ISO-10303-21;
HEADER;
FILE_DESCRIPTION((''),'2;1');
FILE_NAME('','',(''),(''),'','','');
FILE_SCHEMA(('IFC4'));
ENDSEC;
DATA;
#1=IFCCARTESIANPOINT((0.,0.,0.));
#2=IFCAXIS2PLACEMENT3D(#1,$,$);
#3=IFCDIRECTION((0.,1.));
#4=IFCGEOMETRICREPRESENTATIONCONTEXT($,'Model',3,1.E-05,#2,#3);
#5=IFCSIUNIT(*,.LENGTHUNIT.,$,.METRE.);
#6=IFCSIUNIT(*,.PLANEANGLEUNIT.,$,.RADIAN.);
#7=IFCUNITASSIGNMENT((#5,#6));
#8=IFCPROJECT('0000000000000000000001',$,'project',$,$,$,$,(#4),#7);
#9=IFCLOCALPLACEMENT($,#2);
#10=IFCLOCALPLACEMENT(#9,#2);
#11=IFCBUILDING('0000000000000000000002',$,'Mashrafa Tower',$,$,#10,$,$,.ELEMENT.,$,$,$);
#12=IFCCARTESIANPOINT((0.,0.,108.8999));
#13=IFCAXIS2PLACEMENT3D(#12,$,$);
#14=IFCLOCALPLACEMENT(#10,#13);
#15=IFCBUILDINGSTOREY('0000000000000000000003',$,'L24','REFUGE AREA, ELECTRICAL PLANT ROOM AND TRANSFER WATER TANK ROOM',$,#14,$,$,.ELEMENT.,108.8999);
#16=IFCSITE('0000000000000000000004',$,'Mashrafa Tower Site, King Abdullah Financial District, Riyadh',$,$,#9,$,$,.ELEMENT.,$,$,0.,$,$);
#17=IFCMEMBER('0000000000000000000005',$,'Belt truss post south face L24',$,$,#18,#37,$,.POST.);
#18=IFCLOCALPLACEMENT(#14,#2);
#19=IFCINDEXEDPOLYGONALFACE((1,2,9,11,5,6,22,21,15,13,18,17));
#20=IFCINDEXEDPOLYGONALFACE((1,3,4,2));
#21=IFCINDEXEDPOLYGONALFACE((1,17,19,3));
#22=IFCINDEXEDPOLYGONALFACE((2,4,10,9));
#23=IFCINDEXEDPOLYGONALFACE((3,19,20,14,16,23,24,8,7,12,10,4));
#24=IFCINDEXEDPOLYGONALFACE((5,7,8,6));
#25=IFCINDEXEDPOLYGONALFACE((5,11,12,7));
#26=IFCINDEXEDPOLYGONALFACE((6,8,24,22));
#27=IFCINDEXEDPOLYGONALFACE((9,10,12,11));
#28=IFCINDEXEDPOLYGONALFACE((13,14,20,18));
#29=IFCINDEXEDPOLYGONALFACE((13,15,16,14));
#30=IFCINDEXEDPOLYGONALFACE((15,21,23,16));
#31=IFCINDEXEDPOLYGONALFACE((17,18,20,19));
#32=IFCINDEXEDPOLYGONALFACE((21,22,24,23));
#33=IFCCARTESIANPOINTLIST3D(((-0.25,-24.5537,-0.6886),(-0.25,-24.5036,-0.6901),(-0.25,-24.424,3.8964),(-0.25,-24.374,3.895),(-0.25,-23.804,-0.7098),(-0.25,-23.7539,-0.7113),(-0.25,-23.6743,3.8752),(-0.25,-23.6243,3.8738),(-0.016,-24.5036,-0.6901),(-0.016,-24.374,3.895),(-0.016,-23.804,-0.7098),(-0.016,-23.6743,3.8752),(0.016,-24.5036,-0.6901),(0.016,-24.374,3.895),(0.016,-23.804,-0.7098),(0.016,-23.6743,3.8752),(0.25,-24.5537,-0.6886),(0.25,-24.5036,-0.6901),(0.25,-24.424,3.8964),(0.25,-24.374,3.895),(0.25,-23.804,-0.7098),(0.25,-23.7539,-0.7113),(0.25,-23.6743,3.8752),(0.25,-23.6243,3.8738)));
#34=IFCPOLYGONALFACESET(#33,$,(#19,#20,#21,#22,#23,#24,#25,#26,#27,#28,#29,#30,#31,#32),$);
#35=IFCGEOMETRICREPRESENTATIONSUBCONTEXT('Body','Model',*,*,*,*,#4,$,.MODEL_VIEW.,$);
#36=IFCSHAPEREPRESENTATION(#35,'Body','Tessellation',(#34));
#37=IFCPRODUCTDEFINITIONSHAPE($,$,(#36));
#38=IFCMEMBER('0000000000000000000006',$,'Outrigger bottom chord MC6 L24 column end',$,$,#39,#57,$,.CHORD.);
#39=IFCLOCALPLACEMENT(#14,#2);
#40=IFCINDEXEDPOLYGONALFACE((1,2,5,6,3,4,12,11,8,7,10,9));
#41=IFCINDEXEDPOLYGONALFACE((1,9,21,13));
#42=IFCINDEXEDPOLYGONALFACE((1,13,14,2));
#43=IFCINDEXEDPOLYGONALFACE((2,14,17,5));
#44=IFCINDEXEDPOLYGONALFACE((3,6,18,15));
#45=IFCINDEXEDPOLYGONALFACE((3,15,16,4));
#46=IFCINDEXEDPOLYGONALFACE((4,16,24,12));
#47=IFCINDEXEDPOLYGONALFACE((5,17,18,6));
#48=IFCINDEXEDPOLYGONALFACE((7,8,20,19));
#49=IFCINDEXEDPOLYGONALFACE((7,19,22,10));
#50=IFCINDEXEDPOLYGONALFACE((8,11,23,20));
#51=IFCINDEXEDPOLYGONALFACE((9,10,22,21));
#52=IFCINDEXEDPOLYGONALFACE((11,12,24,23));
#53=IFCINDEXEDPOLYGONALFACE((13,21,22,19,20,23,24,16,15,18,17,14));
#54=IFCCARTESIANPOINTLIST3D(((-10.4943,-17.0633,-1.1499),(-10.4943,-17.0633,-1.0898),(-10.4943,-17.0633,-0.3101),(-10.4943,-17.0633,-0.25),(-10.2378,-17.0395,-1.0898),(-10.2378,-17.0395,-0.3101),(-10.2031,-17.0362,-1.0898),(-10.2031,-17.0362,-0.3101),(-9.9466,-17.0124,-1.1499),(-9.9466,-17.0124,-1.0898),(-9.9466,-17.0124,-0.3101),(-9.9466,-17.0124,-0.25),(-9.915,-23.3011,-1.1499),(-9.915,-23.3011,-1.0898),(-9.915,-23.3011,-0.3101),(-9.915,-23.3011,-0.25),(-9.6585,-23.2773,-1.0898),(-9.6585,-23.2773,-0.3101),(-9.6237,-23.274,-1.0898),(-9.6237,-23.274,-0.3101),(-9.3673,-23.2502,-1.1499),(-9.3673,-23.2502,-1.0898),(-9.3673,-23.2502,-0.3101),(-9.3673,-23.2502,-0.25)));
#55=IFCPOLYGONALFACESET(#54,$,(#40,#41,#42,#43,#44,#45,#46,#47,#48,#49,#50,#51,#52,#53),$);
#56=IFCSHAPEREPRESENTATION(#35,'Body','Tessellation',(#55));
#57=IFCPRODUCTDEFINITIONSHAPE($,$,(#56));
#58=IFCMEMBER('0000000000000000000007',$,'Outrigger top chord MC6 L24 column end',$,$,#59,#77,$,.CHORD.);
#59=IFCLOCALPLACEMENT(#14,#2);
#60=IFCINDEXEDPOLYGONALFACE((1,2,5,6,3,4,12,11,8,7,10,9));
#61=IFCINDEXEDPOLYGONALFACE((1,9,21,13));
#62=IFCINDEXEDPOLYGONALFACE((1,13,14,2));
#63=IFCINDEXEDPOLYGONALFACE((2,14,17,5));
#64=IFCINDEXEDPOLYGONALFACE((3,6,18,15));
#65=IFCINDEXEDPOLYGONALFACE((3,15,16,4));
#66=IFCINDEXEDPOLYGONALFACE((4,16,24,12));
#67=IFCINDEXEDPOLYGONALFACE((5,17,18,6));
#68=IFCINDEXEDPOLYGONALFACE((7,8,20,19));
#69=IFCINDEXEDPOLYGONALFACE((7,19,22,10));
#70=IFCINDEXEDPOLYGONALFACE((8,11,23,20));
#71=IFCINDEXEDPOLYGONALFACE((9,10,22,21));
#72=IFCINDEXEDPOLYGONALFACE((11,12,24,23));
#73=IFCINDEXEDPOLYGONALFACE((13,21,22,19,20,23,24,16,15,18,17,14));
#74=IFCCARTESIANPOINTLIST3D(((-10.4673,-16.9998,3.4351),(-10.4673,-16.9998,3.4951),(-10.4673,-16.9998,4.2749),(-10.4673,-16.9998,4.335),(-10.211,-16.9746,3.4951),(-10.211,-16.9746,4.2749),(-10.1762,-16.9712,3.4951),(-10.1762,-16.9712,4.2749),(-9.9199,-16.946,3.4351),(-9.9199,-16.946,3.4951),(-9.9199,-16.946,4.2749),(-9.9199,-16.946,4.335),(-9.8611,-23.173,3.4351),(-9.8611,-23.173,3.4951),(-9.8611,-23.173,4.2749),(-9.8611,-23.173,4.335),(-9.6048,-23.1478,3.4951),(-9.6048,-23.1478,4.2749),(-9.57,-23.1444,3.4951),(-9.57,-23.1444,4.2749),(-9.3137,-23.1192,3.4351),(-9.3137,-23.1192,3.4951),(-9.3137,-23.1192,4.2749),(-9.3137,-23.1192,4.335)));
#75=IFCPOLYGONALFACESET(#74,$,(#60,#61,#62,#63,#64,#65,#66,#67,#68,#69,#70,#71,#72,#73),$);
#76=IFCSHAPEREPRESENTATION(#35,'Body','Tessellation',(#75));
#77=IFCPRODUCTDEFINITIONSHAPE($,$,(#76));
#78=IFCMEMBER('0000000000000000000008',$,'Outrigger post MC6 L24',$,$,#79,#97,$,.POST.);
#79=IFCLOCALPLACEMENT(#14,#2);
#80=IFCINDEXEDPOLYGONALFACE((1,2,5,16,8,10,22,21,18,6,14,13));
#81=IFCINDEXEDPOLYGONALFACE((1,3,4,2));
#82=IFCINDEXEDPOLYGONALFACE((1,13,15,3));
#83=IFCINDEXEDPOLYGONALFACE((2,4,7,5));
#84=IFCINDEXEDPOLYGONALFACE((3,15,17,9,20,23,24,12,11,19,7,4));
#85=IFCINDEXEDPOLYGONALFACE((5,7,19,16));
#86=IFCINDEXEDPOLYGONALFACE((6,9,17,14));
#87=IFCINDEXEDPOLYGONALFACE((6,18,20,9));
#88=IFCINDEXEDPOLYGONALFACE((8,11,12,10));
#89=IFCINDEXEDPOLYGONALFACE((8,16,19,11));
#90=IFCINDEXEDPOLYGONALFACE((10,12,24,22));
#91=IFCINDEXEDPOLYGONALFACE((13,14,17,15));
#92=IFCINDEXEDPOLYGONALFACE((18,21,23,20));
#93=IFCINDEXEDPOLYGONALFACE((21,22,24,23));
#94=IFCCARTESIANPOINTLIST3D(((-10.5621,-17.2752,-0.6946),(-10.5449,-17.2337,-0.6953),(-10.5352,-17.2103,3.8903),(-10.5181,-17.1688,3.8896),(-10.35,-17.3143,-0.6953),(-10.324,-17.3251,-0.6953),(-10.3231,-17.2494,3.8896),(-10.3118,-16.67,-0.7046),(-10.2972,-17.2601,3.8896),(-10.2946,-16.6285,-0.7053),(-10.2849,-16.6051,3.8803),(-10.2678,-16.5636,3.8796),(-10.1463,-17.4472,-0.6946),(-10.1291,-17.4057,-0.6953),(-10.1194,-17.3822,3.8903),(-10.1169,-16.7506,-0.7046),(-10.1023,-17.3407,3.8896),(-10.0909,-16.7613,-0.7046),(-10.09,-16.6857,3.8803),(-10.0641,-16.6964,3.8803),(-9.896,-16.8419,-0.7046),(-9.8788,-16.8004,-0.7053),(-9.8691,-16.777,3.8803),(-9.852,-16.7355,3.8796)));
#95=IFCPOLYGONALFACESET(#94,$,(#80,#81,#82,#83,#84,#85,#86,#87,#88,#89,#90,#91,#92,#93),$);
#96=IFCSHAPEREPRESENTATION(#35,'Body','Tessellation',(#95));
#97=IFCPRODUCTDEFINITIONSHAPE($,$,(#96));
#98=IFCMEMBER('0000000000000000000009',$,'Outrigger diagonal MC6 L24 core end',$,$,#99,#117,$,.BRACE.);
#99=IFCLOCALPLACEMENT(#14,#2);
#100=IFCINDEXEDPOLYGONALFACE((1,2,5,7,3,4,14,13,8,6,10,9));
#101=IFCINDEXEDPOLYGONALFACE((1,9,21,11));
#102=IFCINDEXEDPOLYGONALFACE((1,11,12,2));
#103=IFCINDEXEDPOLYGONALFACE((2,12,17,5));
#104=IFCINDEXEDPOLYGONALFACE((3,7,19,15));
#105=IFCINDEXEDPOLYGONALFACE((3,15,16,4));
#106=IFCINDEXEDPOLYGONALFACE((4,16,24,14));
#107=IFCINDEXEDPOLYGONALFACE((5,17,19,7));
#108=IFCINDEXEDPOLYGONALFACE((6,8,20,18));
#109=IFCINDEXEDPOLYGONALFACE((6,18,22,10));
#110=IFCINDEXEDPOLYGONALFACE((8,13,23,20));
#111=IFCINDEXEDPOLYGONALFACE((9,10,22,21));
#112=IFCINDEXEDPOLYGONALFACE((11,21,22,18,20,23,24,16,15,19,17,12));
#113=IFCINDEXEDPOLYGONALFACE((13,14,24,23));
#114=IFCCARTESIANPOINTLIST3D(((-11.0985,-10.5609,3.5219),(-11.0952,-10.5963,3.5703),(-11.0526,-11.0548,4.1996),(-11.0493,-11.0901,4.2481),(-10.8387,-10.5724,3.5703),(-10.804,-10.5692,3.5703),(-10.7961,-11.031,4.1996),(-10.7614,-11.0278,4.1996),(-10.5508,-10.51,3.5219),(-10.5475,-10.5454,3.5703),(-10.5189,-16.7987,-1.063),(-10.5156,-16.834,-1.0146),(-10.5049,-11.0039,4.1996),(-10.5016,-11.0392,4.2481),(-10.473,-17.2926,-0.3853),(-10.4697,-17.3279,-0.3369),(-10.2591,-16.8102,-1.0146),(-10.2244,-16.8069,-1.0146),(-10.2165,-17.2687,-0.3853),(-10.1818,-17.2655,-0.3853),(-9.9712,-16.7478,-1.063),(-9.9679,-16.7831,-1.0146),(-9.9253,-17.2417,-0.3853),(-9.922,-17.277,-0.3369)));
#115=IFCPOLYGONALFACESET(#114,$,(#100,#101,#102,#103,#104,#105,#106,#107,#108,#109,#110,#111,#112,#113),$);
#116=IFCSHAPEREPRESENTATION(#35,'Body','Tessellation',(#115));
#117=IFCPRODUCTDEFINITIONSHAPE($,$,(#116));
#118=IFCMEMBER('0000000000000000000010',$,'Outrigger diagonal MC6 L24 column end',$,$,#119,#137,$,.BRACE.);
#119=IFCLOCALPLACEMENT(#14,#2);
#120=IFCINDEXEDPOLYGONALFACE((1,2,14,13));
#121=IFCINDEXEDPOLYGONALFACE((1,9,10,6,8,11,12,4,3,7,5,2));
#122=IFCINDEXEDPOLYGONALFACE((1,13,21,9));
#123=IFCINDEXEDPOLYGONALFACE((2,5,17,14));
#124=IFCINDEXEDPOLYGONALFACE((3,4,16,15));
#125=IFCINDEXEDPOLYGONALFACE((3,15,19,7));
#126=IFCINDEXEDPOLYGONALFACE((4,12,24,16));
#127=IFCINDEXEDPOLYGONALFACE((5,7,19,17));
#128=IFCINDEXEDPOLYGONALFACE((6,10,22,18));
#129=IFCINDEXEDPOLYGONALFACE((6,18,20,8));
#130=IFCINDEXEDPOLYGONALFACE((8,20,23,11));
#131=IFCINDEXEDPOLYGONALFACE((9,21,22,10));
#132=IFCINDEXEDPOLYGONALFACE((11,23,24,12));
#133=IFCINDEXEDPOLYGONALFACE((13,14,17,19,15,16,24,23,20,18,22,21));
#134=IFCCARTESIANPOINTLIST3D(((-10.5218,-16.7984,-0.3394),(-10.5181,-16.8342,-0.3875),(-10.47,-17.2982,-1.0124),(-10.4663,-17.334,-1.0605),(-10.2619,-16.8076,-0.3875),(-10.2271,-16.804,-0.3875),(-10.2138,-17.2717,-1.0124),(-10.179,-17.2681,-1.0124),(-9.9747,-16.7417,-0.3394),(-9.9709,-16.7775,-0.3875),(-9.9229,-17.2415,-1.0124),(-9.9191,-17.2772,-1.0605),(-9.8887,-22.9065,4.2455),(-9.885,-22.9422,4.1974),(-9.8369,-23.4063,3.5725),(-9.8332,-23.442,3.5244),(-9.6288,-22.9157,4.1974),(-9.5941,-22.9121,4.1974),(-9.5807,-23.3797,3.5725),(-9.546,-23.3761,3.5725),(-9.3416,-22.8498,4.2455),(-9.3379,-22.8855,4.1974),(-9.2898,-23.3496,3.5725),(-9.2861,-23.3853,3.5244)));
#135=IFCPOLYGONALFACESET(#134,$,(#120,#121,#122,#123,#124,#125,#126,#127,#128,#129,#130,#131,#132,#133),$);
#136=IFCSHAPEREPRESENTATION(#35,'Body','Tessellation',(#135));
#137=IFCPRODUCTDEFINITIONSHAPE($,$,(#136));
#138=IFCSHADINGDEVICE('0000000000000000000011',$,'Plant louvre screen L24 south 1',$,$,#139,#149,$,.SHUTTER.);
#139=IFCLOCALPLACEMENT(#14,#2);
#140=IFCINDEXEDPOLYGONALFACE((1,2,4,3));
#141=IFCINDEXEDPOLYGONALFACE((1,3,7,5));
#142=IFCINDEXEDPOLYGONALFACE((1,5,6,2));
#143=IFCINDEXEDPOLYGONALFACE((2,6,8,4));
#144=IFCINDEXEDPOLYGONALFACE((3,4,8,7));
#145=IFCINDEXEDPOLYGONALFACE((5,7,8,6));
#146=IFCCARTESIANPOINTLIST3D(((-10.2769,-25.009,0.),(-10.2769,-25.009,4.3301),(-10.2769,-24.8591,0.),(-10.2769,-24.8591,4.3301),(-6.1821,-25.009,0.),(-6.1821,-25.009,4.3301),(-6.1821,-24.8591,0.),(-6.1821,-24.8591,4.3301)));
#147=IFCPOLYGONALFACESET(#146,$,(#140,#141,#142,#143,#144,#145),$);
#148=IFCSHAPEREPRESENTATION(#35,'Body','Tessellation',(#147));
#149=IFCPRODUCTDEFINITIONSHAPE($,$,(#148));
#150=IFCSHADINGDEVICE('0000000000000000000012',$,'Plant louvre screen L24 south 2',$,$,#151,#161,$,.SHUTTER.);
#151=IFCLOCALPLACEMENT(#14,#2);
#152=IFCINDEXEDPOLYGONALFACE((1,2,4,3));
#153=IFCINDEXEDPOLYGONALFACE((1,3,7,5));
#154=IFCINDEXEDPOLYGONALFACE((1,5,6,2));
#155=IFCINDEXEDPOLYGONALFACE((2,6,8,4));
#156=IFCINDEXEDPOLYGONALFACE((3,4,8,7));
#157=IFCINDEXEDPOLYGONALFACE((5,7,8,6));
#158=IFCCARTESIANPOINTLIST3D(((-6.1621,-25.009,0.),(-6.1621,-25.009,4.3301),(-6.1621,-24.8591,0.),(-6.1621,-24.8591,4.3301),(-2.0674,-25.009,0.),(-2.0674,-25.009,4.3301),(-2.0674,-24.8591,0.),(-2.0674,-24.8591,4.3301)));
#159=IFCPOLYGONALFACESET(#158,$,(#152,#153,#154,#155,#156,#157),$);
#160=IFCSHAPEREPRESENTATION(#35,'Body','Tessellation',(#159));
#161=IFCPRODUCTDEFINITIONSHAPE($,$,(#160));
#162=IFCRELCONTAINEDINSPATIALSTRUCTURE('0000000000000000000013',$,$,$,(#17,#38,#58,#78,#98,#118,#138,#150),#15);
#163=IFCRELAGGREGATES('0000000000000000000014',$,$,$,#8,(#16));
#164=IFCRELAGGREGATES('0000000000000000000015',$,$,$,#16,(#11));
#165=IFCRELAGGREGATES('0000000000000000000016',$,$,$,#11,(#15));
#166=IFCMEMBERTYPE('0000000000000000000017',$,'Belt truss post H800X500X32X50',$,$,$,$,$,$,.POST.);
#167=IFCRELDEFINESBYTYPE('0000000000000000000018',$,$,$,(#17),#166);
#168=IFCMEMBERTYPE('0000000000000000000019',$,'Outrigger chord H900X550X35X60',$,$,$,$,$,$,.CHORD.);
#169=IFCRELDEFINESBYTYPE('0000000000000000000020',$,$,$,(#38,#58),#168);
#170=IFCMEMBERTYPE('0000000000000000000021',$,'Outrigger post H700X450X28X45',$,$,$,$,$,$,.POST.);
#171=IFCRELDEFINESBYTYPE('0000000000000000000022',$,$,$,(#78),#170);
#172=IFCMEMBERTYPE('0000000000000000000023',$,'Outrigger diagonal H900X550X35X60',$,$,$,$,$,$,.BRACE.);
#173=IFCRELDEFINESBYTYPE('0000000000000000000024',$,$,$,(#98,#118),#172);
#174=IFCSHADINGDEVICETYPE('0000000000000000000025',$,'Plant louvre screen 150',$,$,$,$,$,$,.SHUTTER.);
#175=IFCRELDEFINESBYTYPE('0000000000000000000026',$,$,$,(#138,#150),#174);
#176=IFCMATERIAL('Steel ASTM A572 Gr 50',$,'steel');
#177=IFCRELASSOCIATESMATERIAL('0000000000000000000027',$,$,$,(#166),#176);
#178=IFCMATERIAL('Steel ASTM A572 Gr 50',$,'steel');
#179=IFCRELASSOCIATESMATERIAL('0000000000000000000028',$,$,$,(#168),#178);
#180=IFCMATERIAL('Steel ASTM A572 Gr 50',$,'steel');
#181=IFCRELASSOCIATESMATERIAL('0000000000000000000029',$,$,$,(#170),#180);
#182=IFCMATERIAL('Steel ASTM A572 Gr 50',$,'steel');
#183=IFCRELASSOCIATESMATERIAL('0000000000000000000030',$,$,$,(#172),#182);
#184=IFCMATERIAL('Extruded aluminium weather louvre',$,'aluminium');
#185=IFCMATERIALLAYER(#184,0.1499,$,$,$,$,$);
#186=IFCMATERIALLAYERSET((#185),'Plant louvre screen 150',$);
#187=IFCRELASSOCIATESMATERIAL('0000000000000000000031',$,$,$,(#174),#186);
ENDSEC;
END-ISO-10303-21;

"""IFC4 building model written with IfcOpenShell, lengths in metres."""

from ifc_helpers import new_model, si_unit, direction, frame, origin, origin_2d, place, context, subcontext, project, spatial, rectangle, i_section, extrude, source, transform, mapped, material, layer, layer_set, material_profile, profile_set, type_object, type_shapes, element, save


model = new_model("IFC4")

# Units and contexts
model_context = context("Model", 3, precision=1e-05, world=origin(), true_north=direction((0.0, 1.0)))
body_context = subcontext(model_context, "Body", "Model", "MODEL_VIEW")
ifc_project = project(units=[si_unit("LENGTHUNIT", "METRE"), si_unit("PLANEANGLEUNIT", "RADIAN")], contexts=[model_context])

# Site, building, storey
site_placement = place(None, origin())
site = spatial("IfcSite", under=ifc_project, at=site_placement, Name="Mashrafa Tower Site, King Abdullah Financial District, Riyadh", CompositionType="ELEMENT", RefElevation=0.0)
building_placement = place(site_placement, origin())
building = spatial("IfcBuilding", under=site, at=building_placement, Name="Mashrafa Tower", CompositionType="ELEMENT")
storey_placement = place(building_placement, frame((0.0, 0.0, 108.8999)))
storey = spatial("IfcBuildingStorey", under=building, at=storey_placement, Name="L24", Description="REFUGE AREA, ELECTRICAL PLANT ROOM AND TRANSFER WATER TANK ROOM", CompositionType="ELEMENT", Elevation=108.8999)

# Members
ifc_material_1 = material(Name="Steel ASTM A572 Gr 50", Category="steel")
ifc_material_profile_1 = material_profile(ifc_material_1, i_section(OverallWidth=0.5, OverallDepth=0.8, WebThickness=0.032, FlangeThickness=0.05, at=origin_2d()), Name="H800X500X32X50")
ifc_profile_set_1 = profile_set([ifc_material_profile_1], Name="Steel ASTM A572 Gr 50")
member_type_1 = type_object("IfcMemberType", Name="Belt truss post H800X500X32X50", PredefinedType="POST", material=ifc_profile_set_1)
shared_shape_1 = source(origin(), body_context, "Body", "SweptSolid", [
    extrude(i_section(OverallWidth=0.5, OverallDepth=0.8, WebThickness=0.032, FlangeThickness=0.05, at=origin_2d()), origin(), (0.0, 0.0, 1.0), 4.5869),
])
type_shapes(member_type_1, [shared_shape_1])
member_1_placement = place(storey_placement, frame((0.0, -24.1538, -0.7), z_axis=(0.0, 0.028263, 0.999601), x_axis=(-1.0, 0.0, 0.0)))
element("IfcMember", 1, at=member_1_placement, inside=storey, type_object=member_type_1, Name="Belt truss post south face L24", PredefinedType="POST", context=body_context, shape_type="MappedRepresentation", body=[
    mapped(shared_shape_1, transform((0.0, 0.0, 0.0))),
])
ifc_material_2 = material(Name="Steel ASTM A572 Gr 50", Category="steel")
ifc_material_profile_2 = material_profile(ifc_material_2, i_section(OverallWidth=0.55, OverallDepth=0.8999, WebThickness=0.0349, FlangeThickness=0.0601, at=origin_2d()), Name="H900X550X35X60")
ifc_profile_set_2 = profile_set([ifc_material_profile_2], Name="Steel ASTM A572 Gr 50")
member_type_2 = type_object("IfcMemberType", Name="Outrigger chord H900X550X35X60", PredefinedType="CHORD", material=ifc_profile_set_2)
shared_shape_2 = source(origin(), body_context, "Body", "SweptSolid", [
    extrude(i_section(OverallWidth=0.55, OverallDepth=0.8999, WebThickness=0.0349, FlangeThickness=0.0601, at=origin_2d()), origin(), (0.0, 0.0, 1.0), 6.2646),
])
member_2_placement = place(storey_placement, frame((-10.2205, -17.0378, -0.7), z_axis=(0.092479, -0.995715, 0.0), x_axis=(0.995715, 0.092479, 0.0)))
element("IfcMember", 2, at=member_2_placement, inside=storey, type_object=member_type_2, Name="Outrigger bottom chord MC6 L24 column end", PredefinedType="CHORD", context=body_context, shape_type="MappedRepresentation", body=[
    mapped(shared_shape_2, transform((0.0, 0.0, 0.0))),
])
shared_shape_3 = source(origin(), body_context, "Body", "SweptSolid", [
    extrude(i_section(OverallWidth=0.55, OverallDepth=0.8999, WebThickness=0.0349, FlangeThickness=0.0601, at=origin_2d()), origin(), (0.0, 0.0, 1.0), 6.2029),
])
type_shapes(member_type_2, [shared_shape_2, shared_shape_3])
member_3_placement = place(storey_placement, frame((-10.1936, -16.9729, 3.885), z_axis=(0.09773, -0.995213, 0.0), x_axis=(0.995213, 0.09773, 0.0)))
element("IfcMember", 3, at=member_3_placement, inside=storey, type_object=member_type_2, Name="Outrigger top chord MC6 L24 column end", PredefinedType="CHORD", context=body_context, shape_type="MappedRepresentation", body=[
    mapped(shared_shape_3, transform((0.0, 0.0, 0.0))),
])
ifc_material_3 = material(Name="Steel ASTM A572 Gr 50", Category="steel")
ifc_material_profile_3 = material_profile(ifc_material_3, i_section(OverallWidth=0.45, OverallDepth=0.7, WebThickness=0.0281, FlangeThickness=0.0449, at=origin_2d()), Name="H700X450X28X45")
ifc_profile_set_3 = profile_set([ifc_material_profile_3], Name="Steel ASTM A572 Gr 50")
member_type_3 = type_object("IfcMemberType", Name="Outrigger post H700X450X28X45", PredefinedType="POST", material=ifc_profile_set_3)
shared_shape_4 = source(origin(), body_context, "Body", "SweptSolid", [
    extrude(i_section(OverallWidth=0.45, OverallDepth=0.7, WebThickness=0.0281, FlangeThickness=0.0449, at=origin_2d()), origin(), (0.0, 0.0, 1.0), 4.5854),
])
type_shapes(member_type_3, [shared_shape_4])
member_4_placement = place(storey_placement, frame((-10.2205, -17.0378, -0.7), z_axis=(0.005857, 0.014162, 0.999883), x_axis=(-0.924101, 0.382147, 0.0)))
element("IfcMember", 4, at=member_4_placement, inside=storey, type_object=member_type_3, Name="Outrigger post MC6 L24", PredefinedType="POST", context=body_context, shape_type="MappedRepresentation", body=[
    mapped(shared_shape_4, transform((0.0, 0.0, 0.0))),
])
ifc_material_4 = material(Name="Steel ASTM A572 Gr 50", Category="steel")
ifc_material_profile_4 = material_profile(ifc_material_4, i_section(OverallWidth=0.55, OverallDepth=0.8999, WebThickness=0.0349, FlangeThickness=0.0601, at=origin_2d()), Name="H900X550X35X60")
ifc_profile_set_4 = profile_set([ifc_material_profile_4], Name="Steel ASTM A572 Gr 50")
member_type_4 = type_object("IfcMemberType", Name="Outrigger diagonal H900X550X35X60", PredefinedType="BRACE", material=ifc_profile_set_4)
shared_shape_5 = source(origin(), body_context, "Body", "SweptSolid", [
    extrude(i_section(OverallWidth=0.55, OverallDepth=0.8999, WebThickness=0.0349, FlangeThickness=0.0601, at=origin_2d()), origin(), (0.0, 0.0, 1.0), 7.7632),
])
member_5_placement = place(storey_placement, frame((-10.2205, -17.0378, -0.7), z_axis=(-0.074658, 0.803504, 0.590599), x_axis=(-0.995711, -0.092517, 0.0)))
element("IfcMember", 5, at=member_5_placement, inside=storey, type_object=member_type_4, Name="Outrigger diagonal MC6 L24 core end", PredefinedType="BRACE", context=body_context, shape_type="MappedRepresentation", body=[
    mapped(shared_shape_5, transform((0.0, 0.0, 0.0))),
])
shared_shape_6 = source(origin(), body_context, "Body", "SweptSolid", [
    extrude(i_section(OverallWidth=0.55, OverallDepth=0.8999, WebThickness=0.0349, FlangeThickness=0.0601, at=origin_2d()), origin(), (0.0, 0.0, 1.0), 7.6636),
])
type_shapes(member_type_4, [shared_shape_5, shared_shape_6])
member_6_placement = place(storey_placement, frame((-10.2205, -17.0378, -0.7), z_axis=(0.082605, -0.797025, 0.598271), x_axis=(0.994672, 0.103089, 0.0)))
element("IfcMember", 6, at=member_6_placement, inside=storey, type_object=member_type_4, Name="Outrigger diagonal MC6 L24 column end", PredefinedType="BRACE", context=body_context, shape_type="MappedRepresentation", body=[
    mapped(shared_shape_6, transform((0.0, 0.0, 0.0))),
])

# Shading devices
ifc_material_5 = material(Name="Extruded aluminium weather louvre", Category="aluminium")
ifc_layer = layer(ifc_material_5, 0.1499)
ifc_layer_set = layer_set([ifc_layer], Name="Plant louvre screen 150")
shading_device_type = type_object("IfcShadingDeviceType", Name="Plant louvre screen 150", PredefinedType="SHUTTER", material=ifc_layer_set)
shared_shape_7 = source(origin(), body_context, "Body", "SweptSolid", [
    extrude(rectangle(XDim=4.0947, YDim=0.1499, at=origin_2d()), origin(), (0.0, 0.0, 1.0), 4.3301),
])
type_shapes(shading_device_type, [shared_shape_7])
for number, where, z_axis, x_axis, name in (
    (7, (-8.2295, -24.9341, 0.0), (0.0, 0.0, 1.0), (1.0, 0.0, 0.0), "Plant louvre screen L24 south 1"),
    (8, (-4.1147, -24.9341, 0.0), (0.0, 0.0, 1.0), (1.0, 0.0, 0.0), "Plant louvre screen L24 south 2"),
):
    element("IfcShadingDevice", number, at=place(storey_placement, frame(where, z_axis=z_axis, x_axis=x_axis)), inside=storey, type_object=shading_device_type, Name=name, PredefinedType="SHUTTER", context=body_context, shape_type="MappedRepresentation", body=[
        mapped(shared_shape_7, transform((0.0, 0.0, 0.0))),
    ])

save(model, "model.ifc")
